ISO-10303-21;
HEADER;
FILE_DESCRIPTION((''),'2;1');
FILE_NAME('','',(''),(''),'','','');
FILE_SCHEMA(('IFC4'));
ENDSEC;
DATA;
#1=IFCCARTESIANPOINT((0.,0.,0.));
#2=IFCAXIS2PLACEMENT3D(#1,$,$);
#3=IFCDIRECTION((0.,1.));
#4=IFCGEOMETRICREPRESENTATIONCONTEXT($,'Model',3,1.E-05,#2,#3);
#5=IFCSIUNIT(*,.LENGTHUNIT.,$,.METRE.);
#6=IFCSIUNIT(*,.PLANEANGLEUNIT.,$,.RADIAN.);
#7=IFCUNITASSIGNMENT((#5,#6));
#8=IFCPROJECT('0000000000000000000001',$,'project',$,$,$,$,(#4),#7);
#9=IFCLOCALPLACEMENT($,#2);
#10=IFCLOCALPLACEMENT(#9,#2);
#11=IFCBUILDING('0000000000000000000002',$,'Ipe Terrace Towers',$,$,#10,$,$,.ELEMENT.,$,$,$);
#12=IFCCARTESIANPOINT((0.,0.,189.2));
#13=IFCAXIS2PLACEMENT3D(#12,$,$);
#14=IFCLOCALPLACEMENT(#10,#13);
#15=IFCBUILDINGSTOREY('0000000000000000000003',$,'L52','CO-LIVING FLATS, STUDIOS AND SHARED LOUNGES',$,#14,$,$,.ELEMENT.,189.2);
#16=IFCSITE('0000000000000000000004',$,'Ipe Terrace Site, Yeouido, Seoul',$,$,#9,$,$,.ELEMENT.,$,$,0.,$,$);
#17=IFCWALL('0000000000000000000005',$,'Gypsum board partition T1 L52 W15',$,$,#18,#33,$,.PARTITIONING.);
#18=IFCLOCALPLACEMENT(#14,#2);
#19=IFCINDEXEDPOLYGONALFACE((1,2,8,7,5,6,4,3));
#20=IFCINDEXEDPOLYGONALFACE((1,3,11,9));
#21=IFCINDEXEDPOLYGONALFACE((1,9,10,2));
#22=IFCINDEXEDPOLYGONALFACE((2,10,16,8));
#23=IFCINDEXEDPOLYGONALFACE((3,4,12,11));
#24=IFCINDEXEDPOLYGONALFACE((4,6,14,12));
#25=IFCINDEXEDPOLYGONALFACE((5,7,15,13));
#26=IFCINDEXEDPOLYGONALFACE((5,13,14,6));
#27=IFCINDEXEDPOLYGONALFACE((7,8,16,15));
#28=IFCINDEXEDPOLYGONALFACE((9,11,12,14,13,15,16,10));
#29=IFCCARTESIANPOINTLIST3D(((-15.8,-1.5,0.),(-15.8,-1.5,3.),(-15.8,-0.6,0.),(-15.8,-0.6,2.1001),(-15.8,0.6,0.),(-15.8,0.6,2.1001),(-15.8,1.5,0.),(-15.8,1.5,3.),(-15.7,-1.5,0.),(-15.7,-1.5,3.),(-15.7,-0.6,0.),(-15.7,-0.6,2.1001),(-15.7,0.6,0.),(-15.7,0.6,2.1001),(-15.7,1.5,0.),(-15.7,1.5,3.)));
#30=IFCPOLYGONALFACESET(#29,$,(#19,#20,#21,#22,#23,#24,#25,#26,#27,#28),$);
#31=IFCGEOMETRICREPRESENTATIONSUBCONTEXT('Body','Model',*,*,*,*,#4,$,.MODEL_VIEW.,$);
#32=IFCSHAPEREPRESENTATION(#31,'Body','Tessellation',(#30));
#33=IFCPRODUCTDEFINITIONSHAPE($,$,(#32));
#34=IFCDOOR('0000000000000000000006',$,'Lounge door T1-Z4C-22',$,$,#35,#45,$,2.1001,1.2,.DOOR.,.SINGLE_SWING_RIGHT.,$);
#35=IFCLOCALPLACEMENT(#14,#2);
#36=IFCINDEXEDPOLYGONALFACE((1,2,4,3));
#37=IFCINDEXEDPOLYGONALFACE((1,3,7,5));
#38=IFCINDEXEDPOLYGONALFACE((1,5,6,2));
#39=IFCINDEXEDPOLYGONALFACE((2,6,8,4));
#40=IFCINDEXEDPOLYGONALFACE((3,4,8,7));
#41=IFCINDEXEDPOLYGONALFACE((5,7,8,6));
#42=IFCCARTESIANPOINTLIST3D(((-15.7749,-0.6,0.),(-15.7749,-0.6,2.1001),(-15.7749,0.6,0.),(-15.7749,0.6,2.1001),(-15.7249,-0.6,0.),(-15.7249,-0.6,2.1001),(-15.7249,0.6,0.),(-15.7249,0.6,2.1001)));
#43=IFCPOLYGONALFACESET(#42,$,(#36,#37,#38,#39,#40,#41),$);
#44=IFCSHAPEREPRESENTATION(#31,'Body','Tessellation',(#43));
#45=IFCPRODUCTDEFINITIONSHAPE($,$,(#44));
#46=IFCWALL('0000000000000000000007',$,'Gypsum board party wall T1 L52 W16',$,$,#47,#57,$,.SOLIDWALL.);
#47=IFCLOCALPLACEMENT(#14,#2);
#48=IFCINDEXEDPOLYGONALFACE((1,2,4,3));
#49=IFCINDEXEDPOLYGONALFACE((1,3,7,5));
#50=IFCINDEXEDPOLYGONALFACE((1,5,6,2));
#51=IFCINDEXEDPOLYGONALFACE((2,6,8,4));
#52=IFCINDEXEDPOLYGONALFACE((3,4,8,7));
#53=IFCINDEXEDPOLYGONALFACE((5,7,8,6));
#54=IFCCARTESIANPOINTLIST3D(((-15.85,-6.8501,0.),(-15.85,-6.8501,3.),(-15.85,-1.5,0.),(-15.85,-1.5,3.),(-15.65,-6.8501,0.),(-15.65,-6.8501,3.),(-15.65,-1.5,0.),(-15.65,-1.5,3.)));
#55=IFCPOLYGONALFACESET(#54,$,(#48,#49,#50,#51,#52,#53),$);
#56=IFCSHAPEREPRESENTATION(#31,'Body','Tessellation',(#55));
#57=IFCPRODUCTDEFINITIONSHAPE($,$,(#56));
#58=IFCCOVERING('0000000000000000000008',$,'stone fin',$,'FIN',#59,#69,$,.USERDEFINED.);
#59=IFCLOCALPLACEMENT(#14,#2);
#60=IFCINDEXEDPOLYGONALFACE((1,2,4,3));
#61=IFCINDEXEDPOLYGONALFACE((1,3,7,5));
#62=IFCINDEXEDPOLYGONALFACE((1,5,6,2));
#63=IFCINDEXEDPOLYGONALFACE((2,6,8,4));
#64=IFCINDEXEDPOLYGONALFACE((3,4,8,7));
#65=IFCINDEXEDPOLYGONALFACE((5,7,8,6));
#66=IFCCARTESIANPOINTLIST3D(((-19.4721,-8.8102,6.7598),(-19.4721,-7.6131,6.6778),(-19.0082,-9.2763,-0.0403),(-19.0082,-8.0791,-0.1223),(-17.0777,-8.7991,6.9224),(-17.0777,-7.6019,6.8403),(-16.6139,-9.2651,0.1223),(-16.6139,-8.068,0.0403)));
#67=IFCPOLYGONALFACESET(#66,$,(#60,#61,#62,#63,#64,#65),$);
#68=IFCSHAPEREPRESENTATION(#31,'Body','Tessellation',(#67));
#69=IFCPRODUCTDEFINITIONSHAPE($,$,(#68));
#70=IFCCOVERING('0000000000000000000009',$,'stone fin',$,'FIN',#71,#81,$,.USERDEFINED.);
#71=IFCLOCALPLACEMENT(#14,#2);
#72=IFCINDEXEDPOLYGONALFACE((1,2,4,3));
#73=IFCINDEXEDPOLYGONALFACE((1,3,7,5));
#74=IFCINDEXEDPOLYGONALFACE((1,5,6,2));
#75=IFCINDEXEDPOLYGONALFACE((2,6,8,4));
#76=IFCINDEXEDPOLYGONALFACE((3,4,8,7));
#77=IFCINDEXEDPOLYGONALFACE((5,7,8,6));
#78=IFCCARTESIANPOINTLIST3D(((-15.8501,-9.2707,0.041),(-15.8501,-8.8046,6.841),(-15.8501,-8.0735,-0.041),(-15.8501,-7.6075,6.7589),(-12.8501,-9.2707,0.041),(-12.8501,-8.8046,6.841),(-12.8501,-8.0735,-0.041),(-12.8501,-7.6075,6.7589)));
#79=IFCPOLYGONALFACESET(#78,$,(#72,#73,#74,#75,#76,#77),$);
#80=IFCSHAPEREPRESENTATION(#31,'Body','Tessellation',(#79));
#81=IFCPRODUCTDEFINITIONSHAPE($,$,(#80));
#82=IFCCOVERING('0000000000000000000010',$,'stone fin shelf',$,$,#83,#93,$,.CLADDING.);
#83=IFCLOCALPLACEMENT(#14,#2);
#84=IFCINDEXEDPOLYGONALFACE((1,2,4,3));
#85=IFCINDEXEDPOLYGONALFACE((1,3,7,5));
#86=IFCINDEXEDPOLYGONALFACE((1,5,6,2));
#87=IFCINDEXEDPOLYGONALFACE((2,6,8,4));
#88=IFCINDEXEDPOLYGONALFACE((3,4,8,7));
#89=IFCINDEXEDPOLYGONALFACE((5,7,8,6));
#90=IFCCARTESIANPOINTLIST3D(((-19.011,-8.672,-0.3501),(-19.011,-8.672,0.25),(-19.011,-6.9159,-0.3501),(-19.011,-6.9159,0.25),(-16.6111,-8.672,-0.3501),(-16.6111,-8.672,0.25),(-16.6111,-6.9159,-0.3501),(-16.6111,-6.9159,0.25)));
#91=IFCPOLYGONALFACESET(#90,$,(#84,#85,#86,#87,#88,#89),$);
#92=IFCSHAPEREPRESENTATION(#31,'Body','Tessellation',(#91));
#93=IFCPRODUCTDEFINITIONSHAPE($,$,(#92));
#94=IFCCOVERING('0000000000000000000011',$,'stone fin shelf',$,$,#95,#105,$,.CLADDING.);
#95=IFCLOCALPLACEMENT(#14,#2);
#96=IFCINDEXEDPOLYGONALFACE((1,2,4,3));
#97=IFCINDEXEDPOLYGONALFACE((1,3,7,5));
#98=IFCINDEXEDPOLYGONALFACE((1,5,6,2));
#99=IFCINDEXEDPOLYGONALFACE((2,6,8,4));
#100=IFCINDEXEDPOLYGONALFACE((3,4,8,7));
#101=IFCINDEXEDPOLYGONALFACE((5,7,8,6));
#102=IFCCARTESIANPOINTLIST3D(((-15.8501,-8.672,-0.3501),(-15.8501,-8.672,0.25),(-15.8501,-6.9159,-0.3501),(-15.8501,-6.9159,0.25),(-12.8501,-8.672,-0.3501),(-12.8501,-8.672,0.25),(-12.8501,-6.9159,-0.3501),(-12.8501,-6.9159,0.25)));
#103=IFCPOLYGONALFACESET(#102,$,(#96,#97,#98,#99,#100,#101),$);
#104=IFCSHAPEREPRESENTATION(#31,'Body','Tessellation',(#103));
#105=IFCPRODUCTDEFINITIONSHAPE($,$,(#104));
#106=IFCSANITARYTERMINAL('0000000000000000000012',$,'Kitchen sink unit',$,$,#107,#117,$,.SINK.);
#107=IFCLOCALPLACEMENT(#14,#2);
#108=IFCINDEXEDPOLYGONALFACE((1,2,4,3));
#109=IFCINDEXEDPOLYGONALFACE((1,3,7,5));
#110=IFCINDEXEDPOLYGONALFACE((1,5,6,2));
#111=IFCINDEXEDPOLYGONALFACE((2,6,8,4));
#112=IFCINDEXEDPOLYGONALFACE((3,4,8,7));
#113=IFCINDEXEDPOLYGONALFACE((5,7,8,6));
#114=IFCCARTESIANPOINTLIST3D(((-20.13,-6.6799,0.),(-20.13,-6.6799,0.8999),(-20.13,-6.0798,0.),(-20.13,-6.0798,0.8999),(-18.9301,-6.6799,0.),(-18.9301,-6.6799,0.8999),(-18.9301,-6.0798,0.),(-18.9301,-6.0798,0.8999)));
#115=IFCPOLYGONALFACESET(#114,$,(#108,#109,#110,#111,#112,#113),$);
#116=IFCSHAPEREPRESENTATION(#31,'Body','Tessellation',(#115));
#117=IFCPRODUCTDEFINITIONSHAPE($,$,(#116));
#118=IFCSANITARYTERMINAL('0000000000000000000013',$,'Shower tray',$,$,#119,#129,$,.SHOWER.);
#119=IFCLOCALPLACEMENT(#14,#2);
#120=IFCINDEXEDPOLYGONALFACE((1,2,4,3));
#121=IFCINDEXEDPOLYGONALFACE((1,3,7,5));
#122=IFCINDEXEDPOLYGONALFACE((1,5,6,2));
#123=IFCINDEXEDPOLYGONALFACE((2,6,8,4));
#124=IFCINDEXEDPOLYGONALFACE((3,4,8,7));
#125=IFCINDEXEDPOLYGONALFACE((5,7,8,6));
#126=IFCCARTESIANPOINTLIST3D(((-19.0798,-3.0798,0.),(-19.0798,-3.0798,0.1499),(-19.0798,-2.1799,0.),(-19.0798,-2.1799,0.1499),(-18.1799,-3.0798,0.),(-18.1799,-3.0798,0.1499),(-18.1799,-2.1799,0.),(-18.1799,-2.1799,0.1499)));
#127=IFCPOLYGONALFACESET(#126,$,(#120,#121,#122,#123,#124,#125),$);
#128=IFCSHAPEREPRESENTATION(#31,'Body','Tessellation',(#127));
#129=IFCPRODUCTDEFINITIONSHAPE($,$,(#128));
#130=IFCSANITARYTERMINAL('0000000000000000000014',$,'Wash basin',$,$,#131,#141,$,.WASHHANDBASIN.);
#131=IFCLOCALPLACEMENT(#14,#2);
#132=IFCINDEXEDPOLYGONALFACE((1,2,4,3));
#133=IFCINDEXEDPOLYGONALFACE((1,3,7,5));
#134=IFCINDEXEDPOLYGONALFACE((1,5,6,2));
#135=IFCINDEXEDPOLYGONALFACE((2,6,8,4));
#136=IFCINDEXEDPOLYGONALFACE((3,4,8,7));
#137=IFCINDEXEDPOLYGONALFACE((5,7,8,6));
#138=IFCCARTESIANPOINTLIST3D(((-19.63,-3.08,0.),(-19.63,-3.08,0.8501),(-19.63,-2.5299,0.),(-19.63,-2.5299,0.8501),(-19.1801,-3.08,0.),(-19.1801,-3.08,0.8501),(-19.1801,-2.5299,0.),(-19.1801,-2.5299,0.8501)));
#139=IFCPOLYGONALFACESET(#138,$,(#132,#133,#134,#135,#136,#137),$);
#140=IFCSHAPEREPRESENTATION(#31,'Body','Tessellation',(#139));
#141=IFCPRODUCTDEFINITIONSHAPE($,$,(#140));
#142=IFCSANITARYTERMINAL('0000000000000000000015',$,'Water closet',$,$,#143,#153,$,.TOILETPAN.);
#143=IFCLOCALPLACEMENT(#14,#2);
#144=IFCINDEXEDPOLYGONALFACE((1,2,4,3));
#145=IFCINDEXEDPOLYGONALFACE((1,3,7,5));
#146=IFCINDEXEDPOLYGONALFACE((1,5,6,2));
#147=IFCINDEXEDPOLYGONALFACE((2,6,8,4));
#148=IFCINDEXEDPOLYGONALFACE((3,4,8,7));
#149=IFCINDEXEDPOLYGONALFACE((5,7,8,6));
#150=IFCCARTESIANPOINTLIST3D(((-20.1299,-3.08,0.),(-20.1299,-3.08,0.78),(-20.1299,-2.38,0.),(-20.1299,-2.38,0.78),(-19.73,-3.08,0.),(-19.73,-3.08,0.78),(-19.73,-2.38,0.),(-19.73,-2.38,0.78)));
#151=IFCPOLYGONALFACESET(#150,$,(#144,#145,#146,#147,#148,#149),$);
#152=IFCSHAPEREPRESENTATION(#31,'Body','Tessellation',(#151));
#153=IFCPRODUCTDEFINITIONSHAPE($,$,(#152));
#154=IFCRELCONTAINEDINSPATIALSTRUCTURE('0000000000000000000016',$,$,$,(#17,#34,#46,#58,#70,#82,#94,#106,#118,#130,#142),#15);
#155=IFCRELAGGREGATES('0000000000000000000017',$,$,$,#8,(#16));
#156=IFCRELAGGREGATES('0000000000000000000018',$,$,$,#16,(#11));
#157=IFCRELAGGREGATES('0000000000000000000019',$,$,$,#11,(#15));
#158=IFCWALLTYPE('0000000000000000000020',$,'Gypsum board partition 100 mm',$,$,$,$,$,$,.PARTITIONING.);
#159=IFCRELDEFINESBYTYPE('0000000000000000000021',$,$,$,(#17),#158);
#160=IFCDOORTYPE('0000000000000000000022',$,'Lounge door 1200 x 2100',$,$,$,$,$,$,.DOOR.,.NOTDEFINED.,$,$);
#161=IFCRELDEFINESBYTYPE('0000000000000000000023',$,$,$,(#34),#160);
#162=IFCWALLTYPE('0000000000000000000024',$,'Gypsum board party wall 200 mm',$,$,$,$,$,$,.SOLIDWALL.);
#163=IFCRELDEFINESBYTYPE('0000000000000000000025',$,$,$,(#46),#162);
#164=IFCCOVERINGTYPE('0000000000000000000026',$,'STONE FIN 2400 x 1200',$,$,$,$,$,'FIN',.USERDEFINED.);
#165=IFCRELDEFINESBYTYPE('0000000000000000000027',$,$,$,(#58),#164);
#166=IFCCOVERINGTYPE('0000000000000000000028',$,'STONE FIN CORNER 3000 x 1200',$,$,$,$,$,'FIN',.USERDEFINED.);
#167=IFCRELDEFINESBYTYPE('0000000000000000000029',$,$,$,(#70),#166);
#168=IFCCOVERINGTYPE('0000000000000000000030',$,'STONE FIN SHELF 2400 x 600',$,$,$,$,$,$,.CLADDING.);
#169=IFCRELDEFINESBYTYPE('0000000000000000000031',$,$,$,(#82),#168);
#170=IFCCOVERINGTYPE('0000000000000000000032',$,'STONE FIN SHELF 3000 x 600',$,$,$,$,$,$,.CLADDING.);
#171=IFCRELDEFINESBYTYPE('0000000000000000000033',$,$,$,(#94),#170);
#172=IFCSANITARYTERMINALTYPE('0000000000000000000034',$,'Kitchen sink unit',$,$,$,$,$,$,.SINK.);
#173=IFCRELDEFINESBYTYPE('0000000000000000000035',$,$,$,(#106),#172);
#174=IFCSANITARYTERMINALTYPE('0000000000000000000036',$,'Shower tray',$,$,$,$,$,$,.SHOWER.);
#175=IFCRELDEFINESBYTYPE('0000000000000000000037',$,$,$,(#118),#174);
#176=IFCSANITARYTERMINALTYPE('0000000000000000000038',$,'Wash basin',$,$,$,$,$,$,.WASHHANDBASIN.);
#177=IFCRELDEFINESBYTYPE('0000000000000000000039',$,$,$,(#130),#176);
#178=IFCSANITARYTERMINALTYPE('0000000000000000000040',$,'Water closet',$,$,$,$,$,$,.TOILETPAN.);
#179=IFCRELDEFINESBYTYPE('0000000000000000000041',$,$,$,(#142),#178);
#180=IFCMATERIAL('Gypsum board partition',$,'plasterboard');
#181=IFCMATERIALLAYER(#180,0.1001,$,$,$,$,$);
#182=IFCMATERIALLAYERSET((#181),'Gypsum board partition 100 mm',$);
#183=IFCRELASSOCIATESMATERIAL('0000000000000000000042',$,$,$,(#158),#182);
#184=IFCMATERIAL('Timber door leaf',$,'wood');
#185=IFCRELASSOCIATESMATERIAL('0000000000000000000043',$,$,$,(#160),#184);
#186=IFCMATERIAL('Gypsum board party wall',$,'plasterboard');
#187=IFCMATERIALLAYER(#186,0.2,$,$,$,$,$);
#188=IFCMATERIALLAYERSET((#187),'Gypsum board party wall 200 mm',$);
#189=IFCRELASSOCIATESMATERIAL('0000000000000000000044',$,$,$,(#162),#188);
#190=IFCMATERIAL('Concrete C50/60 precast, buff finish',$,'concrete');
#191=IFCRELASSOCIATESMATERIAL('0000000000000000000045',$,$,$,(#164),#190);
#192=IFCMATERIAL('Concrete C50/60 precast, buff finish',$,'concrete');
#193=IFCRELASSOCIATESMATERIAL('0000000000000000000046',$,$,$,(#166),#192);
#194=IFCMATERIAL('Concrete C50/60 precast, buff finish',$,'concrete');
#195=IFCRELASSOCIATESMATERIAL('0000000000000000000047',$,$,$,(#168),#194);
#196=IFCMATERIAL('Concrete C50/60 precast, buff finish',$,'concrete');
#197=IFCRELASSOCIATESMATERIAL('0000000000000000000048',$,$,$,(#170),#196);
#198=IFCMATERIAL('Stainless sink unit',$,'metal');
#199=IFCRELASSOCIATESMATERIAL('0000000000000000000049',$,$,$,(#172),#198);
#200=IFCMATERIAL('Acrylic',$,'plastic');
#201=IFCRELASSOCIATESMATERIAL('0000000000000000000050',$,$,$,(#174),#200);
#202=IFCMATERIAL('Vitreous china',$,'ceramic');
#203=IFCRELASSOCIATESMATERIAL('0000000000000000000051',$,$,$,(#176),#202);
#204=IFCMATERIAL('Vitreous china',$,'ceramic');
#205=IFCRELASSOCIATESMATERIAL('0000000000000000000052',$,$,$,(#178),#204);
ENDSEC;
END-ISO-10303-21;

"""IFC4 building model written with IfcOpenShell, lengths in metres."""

from ifc_helpers import new_model, si_unit, direction, frame, frame_2d, origin, origin_2d, place, context, subcontext, project, spatial, rectangle, extrude, material, layer, layer_set, material_profile, profile_set, type_object, element, fill, save


model = new_model("IFC4")

# Units and contexts
model_context = context("Model", 3, precision=1e-05, world=origin(), true_north=direction((0.0, 1.0)))
body_context = subcontext(model_context, "Body", "Model", "MODEL_VIEW")
ifc_project = project(units=[si_unit("LENGTHUNIT", "METRE"), si_unit("PLANEANGLEUNIT", "RADIAN")], contexts=[model_context])

# Site, building, storey
site_placement = place(None, origin())
site = spatial("IfcSite", under=ifc_project, at=site_placement, Name="Ipe Terrace Site, Yeouido, Seoul", CompositionType="ELEMENT", RefElevation=0.0)
building_placement = place(site_placement, origin())
building = spatial("IfcBuilding", under=site, at=building_placement, Name="Ipe Terrace Towers", CompositionType="ELEMENT")
storey_placement = place(building_placement, frame((0.0, 0.0, 189.2)))
storey = spatial("IfcBuildingStorey", under=building, at=storey_placement, Name="L52", Description="CO-LIVING FLATS, STUDIOS AND SHARED LOUNGES", CompositionType="ELEMENT", Elevation=189.2)

# Wall, opening, door
ifc_material_1 = material(Name="Gypsum board partition", Category="plasterboard")
ifc_layer_1 = layer(ifc_material_1, 0.1001)
ifc_layer_set_1 = layer_set([ifc_layer_1], Name="Gypsum board partition 100 mm")
wall_type_1 = type_object("IfcWallType", Name="Gypsum board partition 100 mm", PredefinedType="PARTITIONING", material=ifc_layer_set_1)
wall_1_placement = place(storey_placement, frame((-15.75, -1.5, 0.0), z_axis=(0.0, 0.0, 1.0), x_axis=(0.0, 1.0, 0.0)))
wall_1 = element("IfcWall", 1, at=wall_1_placement, inside=storey, type_object=wall_type_1, Name="Gypsum board partition T1 L52 W15", PredefinedType="PARTITIONING", context=body_context, shape_type="SweptSolid", body=[
    extrude(rectangle(XDim=3.0, YDim=0.1001, at=frame_2d((1.5, 0.0))), origin(), (0.0, 0.0, 1.0), 3.0),
])
opening_1_placement = place(wall_1_placement, frame((0.8999, 0.0, 0.0)))
opening_1 = element("IfcOpeningElement", 2, at=opening_1_placement, cuts=wall_1, PredefinedType="OPENING", context=body_context, shape_type="SweptSolid", body=[
    extrude(rectangle(XDim=1.2, YDim=2.1001, at=frame_2d((0.6001, 1.05))), frame((0.0, 0.0601, 0.0), z_axis=(0.0, -1.0, 0.0), x_axis=(1.0, 0.0, 0.0)), (0.0, 0.0, 1.0), 0.1201),
])
ifc_material_2 = material(Name="Timber door leaf", Category="wood")
door_type_1 = type_object("IfcDoorType", Name="Lounge door 1200 x 2100", OperationType="NOTDEFINED", PredefinedType="DOOR", material=ifc_material_2)
door_1_placement = place(opening_1_placement, origin())
door_1 = element("IfcDoor", 3, at=door_1_placement, inside=storey, type_object=door_type_1, Name="Lounge door T1-Z4C-22", OperationType="SINGLE_SWING_RIGHT", OverallHeight=2.1001, OverallWidth=1.2, PredefinedType="DOOR", context=body_context, shape_type="SweptSolid", body=[
    extrude(rectangle(XDim=1.2, YDim=2.1001, at=frame_2d((0.6001, 1.05))), frame((0.0, 0.0249, 0.0), z_axis=(0.0, -1.0, 0.0), x_axis=(1.0, 0.0, 0.0)), (0.0, 0.0, 1.0), 0.05),
])
fill(opening_1, door_1)

# Wall
ifc_material_3 = material(Name="Gypsum board party wall", Category="plasterboard")
ifc_layer_2 = layer(ifc_material_3, 0.2)
ifc_layer_set_2 = layer_set([ifc_layer_2], Name="Gypsum board party wall 200 mm")
wall_type_2 = type_object("IfcWallType", Name="Gypsum board party wall 200 mm", PredefinedType="SOLIDWALL", material=ifc_layer_set_2)
wall_2_placement = place(storey_placement, frame((-15.75, -6.8501, 0.0), z_axis=(0.0, 0.0, 1.0), x_axis=(0.0, 1.0, 0.0)))
element("IfcWall", 4, at=wall_2_placement, inside=storey, type_object=wall_type_2, Name="Gypsum board party wall T1 L52 W16", PredefinedType="SOLIDWALL", context=body_context, shape_type="SweptSolid", body=[
    extrude(rectangle(XDim=5.3501, YDim=0.2, at=frame_2d((2.675, 0.0))), origin(), (0.0, 0.0, 1.0), 3.0),
])

# Coverings
ifc_material_4 = material(Name="Concrete C50/60 precast, buff finish", Category="concrete")
ifc_material_profile_1 = material_profile(ifc_material_4, rectangle(XDim=2.3999, YDim=1.2, at=origin_2d()), Name="STONE FIN 2400 x 1200")
ifc_profile_set_1 = profile_set([ifc_material_profile_1], Name="Concrete C50/60 precast, buff finish")
covering_type_1 = type_object("IfcCoveringType", Name="STONE FIN 2400 x 1200", ElementType="FIN", PredefinedType="USERDEFINED", material=ifc_profile_set_1)
covering_1_placement = place(storey_placement, frame((-17.811, -8.6721, 0.0), z_axis=(-0.067899, 0.06822, 0.995357), x_axis=(0.997692, 0.004643, 0.06774)))
element("IfcCovering", 5, at=covering_1_placement, inside=storey, type_object=covering_type_1, Name="stone fin", ObjectType="FIN", PredefinedType="USERDEFINED", context=body_context, shape_type="SweptSolid", body=[
    extrude(rectangle(XDim=2.3999, YDim=1.2, at=origin_2d()), origin(), (0.0, 0.0, 1.0), 6.8318),
])
ifc_material_5 = material(Name="Concrete C50/60 precast, buff finish", Category="concrete")
ifc_material_profile_2 = material_profile(ifc_material_5, rectangle(XDim=3.0, YDim=1.2, at=origin_2d()), Name="STONE FIN CORNER 3000 x 1200")
ifc_profile_set_2 = profile_set([ifc_material_profile_2], Name="Concrete C50/60 precast, buff finish")
covering_type_2 = type_object("IfcCoveringType", Name="STONE FIN CORNER 3000 x 1200", ElementType="FIN", PredefinedType="USERDEFINED", material=ifc_profile_set_2)
covering_2_placement = place(storey_placement, frame((-14.3501, -8.6721, 0.0), z_axis=(0.0, 0.068378, 0.997659), x_axis=(1.0, 0.0, 0.0)))
element("IfcCovering", 6, at=covering_2_placement, inside=storey, type_object=covering_type_2, Name="stone fin", ObjectType="FIN", PredefinedType="USERDEFINED", context=body_context, shape_type="SweptSolid", body=[
    extrude(rectangle(XDim=3.0, YDim=1.2, at=origin_2d()), origin(), (0.0, 0.0, 1.0), 6.8159),
])
ifc_material_6 = material(Name="Concrete C50/60 precast, buff finish", Category="concrete")
covering_type_3 = type_object("IfcCoveringType", Name="STONE FIN SHELF 2400 x 600", PredefinedType="CLADDING", material=ifc_material_6)
covering_3_placement = place(storey_placement, frame((-17.811, -7.7939, -0.3501), z_axis=(0.0, 0.0, 1.0), x_axis=(1.0, 0.0, 0.0)))
element("IfcCovering", 7, at=covering_3_placement, inside=storey, type_object=covering_type_3, Name="stone fin shelf", PredefinedType="CLADDING", context=body_context, shape_type="SweptSolid", body=[
    extrude(rectangle(XDim=2.3999, YDim=1.7561, at=origin_2d()), origin(), (0.0, 0.0, 1.0), 0.6001),
])
ifc_material_7 = material(Name="Concrete C50/60 precast, buff finish", Category="concrete")
covering_type_4 = type_object("IfcCoveringType", Name="STONE FIN SHELF 3000 x 600", PredefinedType="CLADDING", material=ifc_material_7)
covering_4_placement = place(storey_placement, frame((-14.3501, -7.7939, -0.3501), z_axis=(0.0, 0.0, 1.0), x_axis=(1.0, 0.0, 0.0)))
element("IfcCovering", 8, at=covering_4_placement, inside=storey, type_object=covering_type_4, Name="stone fin shelf", PredefinedType="CLADDING", context=body_context, shape_type="SweptSolid", body=[
    extrude(rectangle(XDim=3.0, YDim=1.7561, at=origin_2d()), origin(), (0.0, 0.0, 1.0), 0.6001),
])

# Sanitary terminals
ifc_material_8 = material(Name="Stainless sink unit", Category="metal")
sanitary_terminal_type_1 = type_object("IfcSanitaryTerminalType", Name="Kitchen sink unit", PredefinedType="SINK", material=ifc_material_8)
sanitary_terminal_1_placement = place(storey_placement, frame((-19.53, -6.3799, 0.0), z_axis=(0.0, 0.0, 1.0), x_axis=(-1.0, 0.0, 0.0)))
element("IfcSanitaryTerminal", 9, at=sanitary_terminal_1_placement, inside=storey, type_object=sanitary_terminal_type_1, Name="Kitchen sink unit", PredefinedType="SINK", context=body_context, shape_type="SweptSolid", body=[
    extrude(rectangle(XDim=1.2, YDim=0.6001, at=origin_2d()), origin(), (0.0, 0.0, 1.0), 0.8999),
])
ifc_material_9 = material(Name="Acrylic", Category="plastic")
sanitary_terminal_type_2 = type_object("IfcSanitaryTerminalType", Name="Shower tray", PredefinedType="SHOWER", material=ifc_material_9)
sanitary_terminal_2_placement = place(storey_placement, frame((-18.6299, -2.6299, 0.0), z_axis=(0.0, 0.0, 1.0), x_axis=(0.0, 1.0, 0.0)))
element("IfcSanitaryTerminal", 10, at=sanitary_terminal_2_placement, inside=storey, type_object=sanitary_terminal_type_2, Name="Shower tray", PredefinedType="SHOWER", context=body_context, shape_type="SweptSolid", body=[
    extrude(rectangle(XDim=0.8999, YDim=0.8999, at=origin_2d()), origin(), (0.0, 0.0, 1.0), 0.1499),
])
ifc_material_10 = material(Name="Vitreous china", Category="ceramic")
sanitary_terminal_type_3 = type_object("IfcSanitaryTerminalType", Name="Wash basin", PredefinedType="WASHHANDBASIN", material=ifc_material_10)
sanitary_terminal_3_placement = place(storey_placement, frame((-19.405, -2.8049, 0.0), z_axis=(0.0, 0.0, 1.0), x_axis=(0.0, 1.0, 0.0)))
element("IfcSanitaryTerminal", 11, at=sanitary_terminal_3_placement, inside=storey, type_object=sanitary_terminal_type_3, Name="Wash basin", PredefinedType="WASHHANDBASIN", context=body_context, shape_type="SweptSolid", body=[
    extrude(rectangle(XDim=0.55, YDim=0.45, at=origin_2d()), origin(), (0.0, 0.0, 1.0), 0.8501),
])
ifc_material_11 = material(Name="Vitreous china", Category="ceramic")
sanitary_terminal_type_4 = type_object("IfcSanitaryTerminalType", Name="Water closet", PredefinedType="TOILETPAN", material=ifc_material_11)
sanitary_terminal_4_placement = place(storey_placement, frame((-19.9299, -2.73, 0.0), z_axis=(0.0, 0.0, 1.0), x_axis=(0.0, 1.0, 0.0)))
element("IfcSanitaryTerminal", 12, at=sanitary_terminal_4_placement, inside=storey, type_object=sanitary_terminal_type_4, Name="Water closet", PredefinedType="TOILETPAN", context=body_context, shape_type="SweptSolid", body=[
    extrude(rectangle(XDim=0.7, YDim=0.3999, at=origin_2d()), origin(), (0.0, 0.0, 1.0), 0.78),
])

save(model, "model.ifc")
